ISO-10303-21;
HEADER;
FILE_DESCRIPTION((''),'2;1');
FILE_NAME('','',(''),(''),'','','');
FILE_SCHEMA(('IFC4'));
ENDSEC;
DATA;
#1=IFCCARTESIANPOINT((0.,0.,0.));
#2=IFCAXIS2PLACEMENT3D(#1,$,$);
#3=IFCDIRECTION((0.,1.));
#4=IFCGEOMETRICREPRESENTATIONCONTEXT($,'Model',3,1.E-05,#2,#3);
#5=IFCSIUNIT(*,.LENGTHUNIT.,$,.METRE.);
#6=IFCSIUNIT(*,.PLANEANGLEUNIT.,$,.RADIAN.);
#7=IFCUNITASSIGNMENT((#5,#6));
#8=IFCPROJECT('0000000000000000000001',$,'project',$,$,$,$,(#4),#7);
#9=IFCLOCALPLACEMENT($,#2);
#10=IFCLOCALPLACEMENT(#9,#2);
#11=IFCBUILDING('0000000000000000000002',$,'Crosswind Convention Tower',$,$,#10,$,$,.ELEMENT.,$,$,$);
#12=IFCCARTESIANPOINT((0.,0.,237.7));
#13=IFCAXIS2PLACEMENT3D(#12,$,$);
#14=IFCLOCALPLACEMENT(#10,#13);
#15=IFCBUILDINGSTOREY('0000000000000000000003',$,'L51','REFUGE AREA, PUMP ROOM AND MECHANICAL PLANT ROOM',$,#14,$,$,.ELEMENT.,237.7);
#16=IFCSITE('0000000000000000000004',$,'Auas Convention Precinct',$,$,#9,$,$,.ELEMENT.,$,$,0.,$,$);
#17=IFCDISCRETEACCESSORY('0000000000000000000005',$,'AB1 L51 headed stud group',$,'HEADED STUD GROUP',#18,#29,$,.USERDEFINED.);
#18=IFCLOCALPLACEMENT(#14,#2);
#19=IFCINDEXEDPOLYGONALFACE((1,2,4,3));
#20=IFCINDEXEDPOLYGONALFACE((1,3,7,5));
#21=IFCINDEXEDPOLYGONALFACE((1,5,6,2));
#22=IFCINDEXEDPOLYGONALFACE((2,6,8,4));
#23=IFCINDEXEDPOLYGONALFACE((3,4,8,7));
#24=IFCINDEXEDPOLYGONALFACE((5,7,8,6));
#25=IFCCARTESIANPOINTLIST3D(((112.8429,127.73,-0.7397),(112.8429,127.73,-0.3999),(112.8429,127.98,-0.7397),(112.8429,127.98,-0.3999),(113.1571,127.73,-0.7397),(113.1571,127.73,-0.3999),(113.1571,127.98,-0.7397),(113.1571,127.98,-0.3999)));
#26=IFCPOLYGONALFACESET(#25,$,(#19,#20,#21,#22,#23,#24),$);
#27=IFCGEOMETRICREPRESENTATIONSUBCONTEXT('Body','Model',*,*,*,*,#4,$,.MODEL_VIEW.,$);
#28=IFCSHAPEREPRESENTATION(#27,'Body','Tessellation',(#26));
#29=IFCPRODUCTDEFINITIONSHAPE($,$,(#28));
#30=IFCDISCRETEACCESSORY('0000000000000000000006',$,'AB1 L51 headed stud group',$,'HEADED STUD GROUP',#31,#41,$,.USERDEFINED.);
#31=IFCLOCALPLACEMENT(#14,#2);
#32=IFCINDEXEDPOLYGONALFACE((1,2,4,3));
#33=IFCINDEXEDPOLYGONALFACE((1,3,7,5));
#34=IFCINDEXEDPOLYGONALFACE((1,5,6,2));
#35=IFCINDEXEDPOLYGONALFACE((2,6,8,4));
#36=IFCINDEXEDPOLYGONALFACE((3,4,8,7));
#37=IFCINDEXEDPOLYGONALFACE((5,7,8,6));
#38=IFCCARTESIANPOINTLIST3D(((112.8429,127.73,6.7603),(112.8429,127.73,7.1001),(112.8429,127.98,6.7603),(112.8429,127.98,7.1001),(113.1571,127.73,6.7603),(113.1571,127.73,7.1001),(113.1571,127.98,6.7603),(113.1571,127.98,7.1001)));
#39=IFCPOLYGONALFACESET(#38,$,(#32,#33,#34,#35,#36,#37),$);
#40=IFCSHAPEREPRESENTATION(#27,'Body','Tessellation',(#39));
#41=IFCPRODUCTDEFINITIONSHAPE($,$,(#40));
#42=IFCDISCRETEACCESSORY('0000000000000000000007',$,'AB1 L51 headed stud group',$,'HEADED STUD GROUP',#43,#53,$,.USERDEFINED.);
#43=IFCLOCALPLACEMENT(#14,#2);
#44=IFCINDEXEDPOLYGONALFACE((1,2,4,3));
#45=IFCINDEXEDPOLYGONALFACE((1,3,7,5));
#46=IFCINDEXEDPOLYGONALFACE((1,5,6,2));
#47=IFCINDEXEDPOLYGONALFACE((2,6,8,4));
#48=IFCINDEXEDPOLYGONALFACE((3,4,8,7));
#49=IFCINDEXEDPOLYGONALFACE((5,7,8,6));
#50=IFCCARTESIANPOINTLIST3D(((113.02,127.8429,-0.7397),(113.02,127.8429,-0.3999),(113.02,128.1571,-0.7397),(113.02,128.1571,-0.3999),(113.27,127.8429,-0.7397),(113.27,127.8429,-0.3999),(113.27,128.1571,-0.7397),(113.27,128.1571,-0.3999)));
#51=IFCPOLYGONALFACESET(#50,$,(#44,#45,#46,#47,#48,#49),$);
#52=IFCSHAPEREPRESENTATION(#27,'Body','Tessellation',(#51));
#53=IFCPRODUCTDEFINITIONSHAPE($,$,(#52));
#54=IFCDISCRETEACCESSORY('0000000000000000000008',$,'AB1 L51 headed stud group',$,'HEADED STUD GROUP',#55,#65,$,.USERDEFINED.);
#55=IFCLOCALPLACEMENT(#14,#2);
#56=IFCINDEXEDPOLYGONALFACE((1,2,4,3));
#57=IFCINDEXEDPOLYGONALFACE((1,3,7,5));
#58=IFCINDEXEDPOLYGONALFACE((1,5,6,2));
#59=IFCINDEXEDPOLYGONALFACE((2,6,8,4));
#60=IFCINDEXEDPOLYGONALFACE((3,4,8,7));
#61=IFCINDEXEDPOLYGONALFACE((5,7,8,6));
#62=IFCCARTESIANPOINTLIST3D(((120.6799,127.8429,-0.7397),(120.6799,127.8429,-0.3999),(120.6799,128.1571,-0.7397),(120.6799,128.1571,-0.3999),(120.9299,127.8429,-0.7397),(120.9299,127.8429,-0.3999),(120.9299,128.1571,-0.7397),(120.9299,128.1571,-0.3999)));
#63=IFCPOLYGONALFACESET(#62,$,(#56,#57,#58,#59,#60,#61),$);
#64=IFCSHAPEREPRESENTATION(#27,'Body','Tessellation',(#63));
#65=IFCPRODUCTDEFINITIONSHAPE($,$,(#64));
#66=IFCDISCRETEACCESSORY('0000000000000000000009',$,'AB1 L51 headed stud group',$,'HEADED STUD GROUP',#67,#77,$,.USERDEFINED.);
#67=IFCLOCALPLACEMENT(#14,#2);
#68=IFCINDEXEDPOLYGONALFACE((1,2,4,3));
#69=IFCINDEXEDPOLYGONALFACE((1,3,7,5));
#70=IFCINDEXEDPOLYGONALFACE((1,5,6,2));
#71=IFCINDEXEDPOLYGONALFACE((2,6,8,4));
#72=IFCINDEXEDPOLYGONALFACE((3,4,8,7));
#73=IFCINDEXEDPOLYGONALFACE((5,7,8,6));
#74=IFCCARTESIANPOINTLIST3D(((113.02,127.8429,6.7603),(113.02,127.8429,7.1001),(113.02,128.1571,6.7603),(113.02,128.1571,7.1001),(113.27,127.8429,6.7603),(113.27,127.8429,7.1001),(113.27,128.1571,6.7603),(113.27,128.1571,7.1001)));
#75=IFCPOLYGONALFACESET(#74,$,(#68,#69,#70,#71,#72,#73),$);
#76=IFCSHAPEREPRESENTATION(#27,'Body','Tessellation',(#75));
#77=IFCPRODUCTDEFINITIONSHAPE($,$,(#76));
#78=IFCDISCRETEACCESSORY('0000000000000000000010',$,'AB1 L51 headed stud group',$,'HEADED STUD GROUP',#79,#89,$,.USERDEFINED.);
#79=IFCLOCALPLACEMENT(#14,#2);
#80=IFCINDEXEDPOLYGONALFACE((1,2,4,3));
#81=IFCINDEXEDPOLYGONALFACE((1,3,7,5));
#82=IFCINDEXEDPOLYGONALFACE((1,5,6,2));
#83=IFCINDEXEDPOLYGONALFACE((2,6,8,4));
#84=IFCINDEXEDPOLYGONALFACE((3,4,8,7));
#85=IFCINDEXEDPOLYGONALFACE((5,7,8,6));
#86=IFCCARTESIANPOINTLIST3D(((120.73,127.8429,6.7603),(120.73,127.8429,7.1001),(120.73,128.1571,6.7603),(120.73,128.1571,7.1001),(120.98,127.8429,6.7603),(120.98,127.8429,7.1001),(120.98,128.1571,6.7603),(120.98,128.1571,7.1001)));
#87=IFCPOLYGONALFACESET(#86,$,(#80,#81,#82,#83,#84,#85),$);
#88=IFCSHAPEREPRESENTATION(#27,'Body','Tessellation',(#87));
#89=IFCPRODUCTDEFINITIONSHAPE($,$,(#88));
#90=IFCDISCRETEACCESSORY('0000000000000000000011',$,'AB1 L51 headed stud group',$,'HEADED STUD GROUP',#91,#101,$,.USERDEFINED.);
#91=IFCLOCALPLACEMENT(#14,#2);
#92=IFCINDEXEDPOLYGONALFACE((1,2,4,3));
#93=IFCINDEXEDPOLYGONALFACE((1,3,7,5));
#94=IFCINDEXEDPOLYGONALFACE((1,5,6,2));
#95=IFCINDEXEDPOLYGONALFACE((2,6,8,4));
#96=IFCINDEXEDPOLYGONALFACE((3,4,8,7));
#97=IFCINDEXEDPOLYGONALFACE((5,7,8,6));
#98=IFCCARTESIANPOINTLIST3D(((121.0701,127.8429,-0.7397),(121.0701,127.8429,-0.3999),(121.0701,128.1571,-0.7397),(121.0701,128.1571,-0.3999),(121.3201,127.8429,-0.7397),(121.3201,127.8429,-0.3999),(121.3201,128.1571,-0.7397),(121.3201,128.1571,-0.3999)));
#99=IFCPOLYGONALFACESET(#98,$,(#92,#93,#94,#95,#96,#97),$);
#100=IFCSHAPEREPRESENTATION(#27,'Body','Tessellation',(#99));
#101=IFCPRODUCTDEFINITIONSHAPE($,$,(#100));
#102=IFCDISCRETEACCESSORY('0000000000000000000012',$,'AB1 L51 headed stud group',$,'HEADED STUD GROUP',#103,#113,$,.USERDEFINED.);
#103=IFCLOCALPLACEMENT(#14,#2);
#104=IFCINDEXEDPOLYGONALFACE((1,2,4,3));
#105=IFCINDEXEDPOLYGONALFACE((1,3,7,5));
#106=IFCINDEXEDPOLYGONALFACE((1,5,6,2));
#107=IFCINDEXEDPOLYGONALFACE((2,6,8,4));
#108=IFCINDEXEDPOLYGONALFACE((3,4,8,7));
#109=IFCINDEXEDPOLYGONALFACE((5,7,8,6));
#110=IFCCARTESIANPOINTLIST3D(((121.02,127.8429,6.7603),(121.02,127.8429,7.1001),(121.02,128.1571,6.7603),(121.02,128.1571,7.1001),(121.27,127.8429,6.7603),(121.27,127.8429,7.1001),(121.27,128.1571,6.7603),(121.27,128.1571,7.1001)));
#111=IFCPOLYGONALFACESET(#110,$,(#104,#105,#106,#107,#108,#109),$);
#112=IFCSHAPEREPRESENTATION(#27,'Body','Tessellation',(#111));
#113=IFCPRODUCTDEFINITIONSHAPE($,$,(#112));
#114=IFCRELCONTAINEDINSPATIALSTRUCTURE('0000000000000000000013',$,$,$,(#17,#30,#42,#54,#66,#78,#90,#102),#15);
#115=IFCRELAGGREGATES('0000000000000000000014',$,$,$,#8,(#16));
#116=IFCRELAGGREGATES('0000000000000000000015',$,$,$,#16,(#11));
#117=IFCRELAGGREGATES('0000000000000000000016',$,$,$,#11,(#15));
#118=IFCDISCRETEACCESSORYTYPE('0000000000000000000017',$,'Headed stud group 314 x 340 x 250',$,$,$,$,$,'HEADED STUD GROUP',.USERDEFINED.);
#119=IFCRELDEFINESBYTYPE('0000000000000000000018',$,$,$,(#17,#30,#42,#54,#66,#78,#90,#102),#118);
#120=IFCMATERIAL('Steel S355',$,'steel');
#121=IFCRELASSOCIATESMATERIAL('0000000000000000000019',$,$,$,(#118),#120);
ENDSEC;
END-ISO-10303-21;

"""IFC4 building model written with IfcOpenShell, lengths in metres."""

from ifc_helpers import new_model, si_unit, direction, frame, origin, origin_2d, place, context, subcontext, project, spatial, rectangle, extrude, material, type_object, element, save


model = new_model("IFC4")

# Units and contexts
model_context = context("Model", 3, precision=1e-05, world=origin(), true_north=direction((0.0, 1.0)))
body_context = subcontext(model_context, "Body", "Model", "MODEL_VIEW")
ifc_project = project(units=[si_unit("LENGTHUNIT", "METRE"), si_unit("PLANEANGLEUNIT", "RADIAN")], contexts=[model_context])

# Site, building, storey
site_placement = place(None, origin())
site = spatial("IfcSite", under=ifc_project, at=site_placement, Name="Auas Convention Precinct", CompositionType="ELEMENT", RefElevation=0.0)
building_placement = place(site_placement, origin())
building = spatial("IfcBuilding", under=site, at=building_placement, Name="Crosswind Convention Tower", CompositionType="ELEMENT")
storey_placement = place(building_placement, frame((0.0, 0.0, 237.7)))
storey = spatial("IfcBuildingStorey", under=building, at=storey_placement, Name="L51", Description="REFUGE AREA, PUMP ROOM AND MECHANICAL PLANT ROOM", CompositionType="ELEMENT", Elevation=237.7)

# Shared definitions
ifc_material_1 = material(Name="Steel S355", Category="steel")

# Discrete accessories
discrete_accessory_type_1 = type_object("IfcDiscreteAccessoryType", Name="Headed stud group 314 x 340 x 250", ElementType="HEADED STUD GROUP", PredefinedType="USERDEFINED", material=ifc_material_1)
for number, where, z_axis, x_axis, name in (
    (1, (113.0, 127.855, -0.7397), (0.0, 0.0, 1.0), (1.0, 0.0, 0.0), "AB1 L51 headed stud group"),
    (2, (113.0, 127.855, 6.7603), (0.0, 0.0, 1.0), (1.0, 0.0, 0.0), "AB1 L51 headed stud group"),
):
    element("IfcDiscreteAccessory", number, at=place(storey_placement, frame(where, z_axis=z_axis, x_axis=x_axis)), inside=storey, type_object=discrete_accessory_type_1, Name=name, ObjectType="HEADED STUD GROUP", PredefinedType="USERDEFINED", context=body_context, shape_type="SweptSolid", body=[
        extrude(rectangle(XDim=0.3142, YDim=0.25, at=origin_2d()), origin(), (0.0, 0.0, 1.0), 0.3398),
    ])
for number, where, z_axis, x_axis, name in (
    (3, (113.145, 128.0, -0.7397), (0.0, 0.0, 1.0), (1.0, 0.0, 0.0), "AB1 L51 headed stud group"),
    (4, (120.8049, 128.0, -0.7397), (0.0, 0.0, 1.0), (1.0, 0.0, 0.0), "AB1 L51 headed stud group"),
    (5, (113.145, 128.0, 6.7603), (0.0, 0.0, 1.0), (1.0, 0.0, 0.0), "AB1 L51 headed stud group"),
    (6, (120.855, 128.0, 6.7603), (0.0, 0.0, 1.0), (1.0, 0.0, 0.0), "AB1 L51 headed stud group"),
    (7, (121.1951, 128.0, -0.7397), (0.0, 0.0, 1.0), (1.0, 0.0, 0.0), "AB1 L51 headed stud group"),
    (8, (121.145, 128.0, 6.7603), (0.0, 0.0, 1.0), (1.0, 0.0, 0.0), "AB1 L51 headed stud group"),
):
    element("IfcDiscreteAccessory", number, at=place(storey_placement, frame(where, z_axis=z_axis, x_axis=x_axis)), inside=storey, type_object=discrete_accessory_type_1, Name=name, ObjectType="HEADED STUD GROUP", PredefinedType="USERDEFINED", context=body_context, shape_type="SweptSolid", body=[
        extrude(rectangle(XDim=0.25, YDim=0.3142, at=origin_2d()), origin(), (0.0, 0.0, 1.0), 0.3398),
    ])

save(model, "model.ifc")
